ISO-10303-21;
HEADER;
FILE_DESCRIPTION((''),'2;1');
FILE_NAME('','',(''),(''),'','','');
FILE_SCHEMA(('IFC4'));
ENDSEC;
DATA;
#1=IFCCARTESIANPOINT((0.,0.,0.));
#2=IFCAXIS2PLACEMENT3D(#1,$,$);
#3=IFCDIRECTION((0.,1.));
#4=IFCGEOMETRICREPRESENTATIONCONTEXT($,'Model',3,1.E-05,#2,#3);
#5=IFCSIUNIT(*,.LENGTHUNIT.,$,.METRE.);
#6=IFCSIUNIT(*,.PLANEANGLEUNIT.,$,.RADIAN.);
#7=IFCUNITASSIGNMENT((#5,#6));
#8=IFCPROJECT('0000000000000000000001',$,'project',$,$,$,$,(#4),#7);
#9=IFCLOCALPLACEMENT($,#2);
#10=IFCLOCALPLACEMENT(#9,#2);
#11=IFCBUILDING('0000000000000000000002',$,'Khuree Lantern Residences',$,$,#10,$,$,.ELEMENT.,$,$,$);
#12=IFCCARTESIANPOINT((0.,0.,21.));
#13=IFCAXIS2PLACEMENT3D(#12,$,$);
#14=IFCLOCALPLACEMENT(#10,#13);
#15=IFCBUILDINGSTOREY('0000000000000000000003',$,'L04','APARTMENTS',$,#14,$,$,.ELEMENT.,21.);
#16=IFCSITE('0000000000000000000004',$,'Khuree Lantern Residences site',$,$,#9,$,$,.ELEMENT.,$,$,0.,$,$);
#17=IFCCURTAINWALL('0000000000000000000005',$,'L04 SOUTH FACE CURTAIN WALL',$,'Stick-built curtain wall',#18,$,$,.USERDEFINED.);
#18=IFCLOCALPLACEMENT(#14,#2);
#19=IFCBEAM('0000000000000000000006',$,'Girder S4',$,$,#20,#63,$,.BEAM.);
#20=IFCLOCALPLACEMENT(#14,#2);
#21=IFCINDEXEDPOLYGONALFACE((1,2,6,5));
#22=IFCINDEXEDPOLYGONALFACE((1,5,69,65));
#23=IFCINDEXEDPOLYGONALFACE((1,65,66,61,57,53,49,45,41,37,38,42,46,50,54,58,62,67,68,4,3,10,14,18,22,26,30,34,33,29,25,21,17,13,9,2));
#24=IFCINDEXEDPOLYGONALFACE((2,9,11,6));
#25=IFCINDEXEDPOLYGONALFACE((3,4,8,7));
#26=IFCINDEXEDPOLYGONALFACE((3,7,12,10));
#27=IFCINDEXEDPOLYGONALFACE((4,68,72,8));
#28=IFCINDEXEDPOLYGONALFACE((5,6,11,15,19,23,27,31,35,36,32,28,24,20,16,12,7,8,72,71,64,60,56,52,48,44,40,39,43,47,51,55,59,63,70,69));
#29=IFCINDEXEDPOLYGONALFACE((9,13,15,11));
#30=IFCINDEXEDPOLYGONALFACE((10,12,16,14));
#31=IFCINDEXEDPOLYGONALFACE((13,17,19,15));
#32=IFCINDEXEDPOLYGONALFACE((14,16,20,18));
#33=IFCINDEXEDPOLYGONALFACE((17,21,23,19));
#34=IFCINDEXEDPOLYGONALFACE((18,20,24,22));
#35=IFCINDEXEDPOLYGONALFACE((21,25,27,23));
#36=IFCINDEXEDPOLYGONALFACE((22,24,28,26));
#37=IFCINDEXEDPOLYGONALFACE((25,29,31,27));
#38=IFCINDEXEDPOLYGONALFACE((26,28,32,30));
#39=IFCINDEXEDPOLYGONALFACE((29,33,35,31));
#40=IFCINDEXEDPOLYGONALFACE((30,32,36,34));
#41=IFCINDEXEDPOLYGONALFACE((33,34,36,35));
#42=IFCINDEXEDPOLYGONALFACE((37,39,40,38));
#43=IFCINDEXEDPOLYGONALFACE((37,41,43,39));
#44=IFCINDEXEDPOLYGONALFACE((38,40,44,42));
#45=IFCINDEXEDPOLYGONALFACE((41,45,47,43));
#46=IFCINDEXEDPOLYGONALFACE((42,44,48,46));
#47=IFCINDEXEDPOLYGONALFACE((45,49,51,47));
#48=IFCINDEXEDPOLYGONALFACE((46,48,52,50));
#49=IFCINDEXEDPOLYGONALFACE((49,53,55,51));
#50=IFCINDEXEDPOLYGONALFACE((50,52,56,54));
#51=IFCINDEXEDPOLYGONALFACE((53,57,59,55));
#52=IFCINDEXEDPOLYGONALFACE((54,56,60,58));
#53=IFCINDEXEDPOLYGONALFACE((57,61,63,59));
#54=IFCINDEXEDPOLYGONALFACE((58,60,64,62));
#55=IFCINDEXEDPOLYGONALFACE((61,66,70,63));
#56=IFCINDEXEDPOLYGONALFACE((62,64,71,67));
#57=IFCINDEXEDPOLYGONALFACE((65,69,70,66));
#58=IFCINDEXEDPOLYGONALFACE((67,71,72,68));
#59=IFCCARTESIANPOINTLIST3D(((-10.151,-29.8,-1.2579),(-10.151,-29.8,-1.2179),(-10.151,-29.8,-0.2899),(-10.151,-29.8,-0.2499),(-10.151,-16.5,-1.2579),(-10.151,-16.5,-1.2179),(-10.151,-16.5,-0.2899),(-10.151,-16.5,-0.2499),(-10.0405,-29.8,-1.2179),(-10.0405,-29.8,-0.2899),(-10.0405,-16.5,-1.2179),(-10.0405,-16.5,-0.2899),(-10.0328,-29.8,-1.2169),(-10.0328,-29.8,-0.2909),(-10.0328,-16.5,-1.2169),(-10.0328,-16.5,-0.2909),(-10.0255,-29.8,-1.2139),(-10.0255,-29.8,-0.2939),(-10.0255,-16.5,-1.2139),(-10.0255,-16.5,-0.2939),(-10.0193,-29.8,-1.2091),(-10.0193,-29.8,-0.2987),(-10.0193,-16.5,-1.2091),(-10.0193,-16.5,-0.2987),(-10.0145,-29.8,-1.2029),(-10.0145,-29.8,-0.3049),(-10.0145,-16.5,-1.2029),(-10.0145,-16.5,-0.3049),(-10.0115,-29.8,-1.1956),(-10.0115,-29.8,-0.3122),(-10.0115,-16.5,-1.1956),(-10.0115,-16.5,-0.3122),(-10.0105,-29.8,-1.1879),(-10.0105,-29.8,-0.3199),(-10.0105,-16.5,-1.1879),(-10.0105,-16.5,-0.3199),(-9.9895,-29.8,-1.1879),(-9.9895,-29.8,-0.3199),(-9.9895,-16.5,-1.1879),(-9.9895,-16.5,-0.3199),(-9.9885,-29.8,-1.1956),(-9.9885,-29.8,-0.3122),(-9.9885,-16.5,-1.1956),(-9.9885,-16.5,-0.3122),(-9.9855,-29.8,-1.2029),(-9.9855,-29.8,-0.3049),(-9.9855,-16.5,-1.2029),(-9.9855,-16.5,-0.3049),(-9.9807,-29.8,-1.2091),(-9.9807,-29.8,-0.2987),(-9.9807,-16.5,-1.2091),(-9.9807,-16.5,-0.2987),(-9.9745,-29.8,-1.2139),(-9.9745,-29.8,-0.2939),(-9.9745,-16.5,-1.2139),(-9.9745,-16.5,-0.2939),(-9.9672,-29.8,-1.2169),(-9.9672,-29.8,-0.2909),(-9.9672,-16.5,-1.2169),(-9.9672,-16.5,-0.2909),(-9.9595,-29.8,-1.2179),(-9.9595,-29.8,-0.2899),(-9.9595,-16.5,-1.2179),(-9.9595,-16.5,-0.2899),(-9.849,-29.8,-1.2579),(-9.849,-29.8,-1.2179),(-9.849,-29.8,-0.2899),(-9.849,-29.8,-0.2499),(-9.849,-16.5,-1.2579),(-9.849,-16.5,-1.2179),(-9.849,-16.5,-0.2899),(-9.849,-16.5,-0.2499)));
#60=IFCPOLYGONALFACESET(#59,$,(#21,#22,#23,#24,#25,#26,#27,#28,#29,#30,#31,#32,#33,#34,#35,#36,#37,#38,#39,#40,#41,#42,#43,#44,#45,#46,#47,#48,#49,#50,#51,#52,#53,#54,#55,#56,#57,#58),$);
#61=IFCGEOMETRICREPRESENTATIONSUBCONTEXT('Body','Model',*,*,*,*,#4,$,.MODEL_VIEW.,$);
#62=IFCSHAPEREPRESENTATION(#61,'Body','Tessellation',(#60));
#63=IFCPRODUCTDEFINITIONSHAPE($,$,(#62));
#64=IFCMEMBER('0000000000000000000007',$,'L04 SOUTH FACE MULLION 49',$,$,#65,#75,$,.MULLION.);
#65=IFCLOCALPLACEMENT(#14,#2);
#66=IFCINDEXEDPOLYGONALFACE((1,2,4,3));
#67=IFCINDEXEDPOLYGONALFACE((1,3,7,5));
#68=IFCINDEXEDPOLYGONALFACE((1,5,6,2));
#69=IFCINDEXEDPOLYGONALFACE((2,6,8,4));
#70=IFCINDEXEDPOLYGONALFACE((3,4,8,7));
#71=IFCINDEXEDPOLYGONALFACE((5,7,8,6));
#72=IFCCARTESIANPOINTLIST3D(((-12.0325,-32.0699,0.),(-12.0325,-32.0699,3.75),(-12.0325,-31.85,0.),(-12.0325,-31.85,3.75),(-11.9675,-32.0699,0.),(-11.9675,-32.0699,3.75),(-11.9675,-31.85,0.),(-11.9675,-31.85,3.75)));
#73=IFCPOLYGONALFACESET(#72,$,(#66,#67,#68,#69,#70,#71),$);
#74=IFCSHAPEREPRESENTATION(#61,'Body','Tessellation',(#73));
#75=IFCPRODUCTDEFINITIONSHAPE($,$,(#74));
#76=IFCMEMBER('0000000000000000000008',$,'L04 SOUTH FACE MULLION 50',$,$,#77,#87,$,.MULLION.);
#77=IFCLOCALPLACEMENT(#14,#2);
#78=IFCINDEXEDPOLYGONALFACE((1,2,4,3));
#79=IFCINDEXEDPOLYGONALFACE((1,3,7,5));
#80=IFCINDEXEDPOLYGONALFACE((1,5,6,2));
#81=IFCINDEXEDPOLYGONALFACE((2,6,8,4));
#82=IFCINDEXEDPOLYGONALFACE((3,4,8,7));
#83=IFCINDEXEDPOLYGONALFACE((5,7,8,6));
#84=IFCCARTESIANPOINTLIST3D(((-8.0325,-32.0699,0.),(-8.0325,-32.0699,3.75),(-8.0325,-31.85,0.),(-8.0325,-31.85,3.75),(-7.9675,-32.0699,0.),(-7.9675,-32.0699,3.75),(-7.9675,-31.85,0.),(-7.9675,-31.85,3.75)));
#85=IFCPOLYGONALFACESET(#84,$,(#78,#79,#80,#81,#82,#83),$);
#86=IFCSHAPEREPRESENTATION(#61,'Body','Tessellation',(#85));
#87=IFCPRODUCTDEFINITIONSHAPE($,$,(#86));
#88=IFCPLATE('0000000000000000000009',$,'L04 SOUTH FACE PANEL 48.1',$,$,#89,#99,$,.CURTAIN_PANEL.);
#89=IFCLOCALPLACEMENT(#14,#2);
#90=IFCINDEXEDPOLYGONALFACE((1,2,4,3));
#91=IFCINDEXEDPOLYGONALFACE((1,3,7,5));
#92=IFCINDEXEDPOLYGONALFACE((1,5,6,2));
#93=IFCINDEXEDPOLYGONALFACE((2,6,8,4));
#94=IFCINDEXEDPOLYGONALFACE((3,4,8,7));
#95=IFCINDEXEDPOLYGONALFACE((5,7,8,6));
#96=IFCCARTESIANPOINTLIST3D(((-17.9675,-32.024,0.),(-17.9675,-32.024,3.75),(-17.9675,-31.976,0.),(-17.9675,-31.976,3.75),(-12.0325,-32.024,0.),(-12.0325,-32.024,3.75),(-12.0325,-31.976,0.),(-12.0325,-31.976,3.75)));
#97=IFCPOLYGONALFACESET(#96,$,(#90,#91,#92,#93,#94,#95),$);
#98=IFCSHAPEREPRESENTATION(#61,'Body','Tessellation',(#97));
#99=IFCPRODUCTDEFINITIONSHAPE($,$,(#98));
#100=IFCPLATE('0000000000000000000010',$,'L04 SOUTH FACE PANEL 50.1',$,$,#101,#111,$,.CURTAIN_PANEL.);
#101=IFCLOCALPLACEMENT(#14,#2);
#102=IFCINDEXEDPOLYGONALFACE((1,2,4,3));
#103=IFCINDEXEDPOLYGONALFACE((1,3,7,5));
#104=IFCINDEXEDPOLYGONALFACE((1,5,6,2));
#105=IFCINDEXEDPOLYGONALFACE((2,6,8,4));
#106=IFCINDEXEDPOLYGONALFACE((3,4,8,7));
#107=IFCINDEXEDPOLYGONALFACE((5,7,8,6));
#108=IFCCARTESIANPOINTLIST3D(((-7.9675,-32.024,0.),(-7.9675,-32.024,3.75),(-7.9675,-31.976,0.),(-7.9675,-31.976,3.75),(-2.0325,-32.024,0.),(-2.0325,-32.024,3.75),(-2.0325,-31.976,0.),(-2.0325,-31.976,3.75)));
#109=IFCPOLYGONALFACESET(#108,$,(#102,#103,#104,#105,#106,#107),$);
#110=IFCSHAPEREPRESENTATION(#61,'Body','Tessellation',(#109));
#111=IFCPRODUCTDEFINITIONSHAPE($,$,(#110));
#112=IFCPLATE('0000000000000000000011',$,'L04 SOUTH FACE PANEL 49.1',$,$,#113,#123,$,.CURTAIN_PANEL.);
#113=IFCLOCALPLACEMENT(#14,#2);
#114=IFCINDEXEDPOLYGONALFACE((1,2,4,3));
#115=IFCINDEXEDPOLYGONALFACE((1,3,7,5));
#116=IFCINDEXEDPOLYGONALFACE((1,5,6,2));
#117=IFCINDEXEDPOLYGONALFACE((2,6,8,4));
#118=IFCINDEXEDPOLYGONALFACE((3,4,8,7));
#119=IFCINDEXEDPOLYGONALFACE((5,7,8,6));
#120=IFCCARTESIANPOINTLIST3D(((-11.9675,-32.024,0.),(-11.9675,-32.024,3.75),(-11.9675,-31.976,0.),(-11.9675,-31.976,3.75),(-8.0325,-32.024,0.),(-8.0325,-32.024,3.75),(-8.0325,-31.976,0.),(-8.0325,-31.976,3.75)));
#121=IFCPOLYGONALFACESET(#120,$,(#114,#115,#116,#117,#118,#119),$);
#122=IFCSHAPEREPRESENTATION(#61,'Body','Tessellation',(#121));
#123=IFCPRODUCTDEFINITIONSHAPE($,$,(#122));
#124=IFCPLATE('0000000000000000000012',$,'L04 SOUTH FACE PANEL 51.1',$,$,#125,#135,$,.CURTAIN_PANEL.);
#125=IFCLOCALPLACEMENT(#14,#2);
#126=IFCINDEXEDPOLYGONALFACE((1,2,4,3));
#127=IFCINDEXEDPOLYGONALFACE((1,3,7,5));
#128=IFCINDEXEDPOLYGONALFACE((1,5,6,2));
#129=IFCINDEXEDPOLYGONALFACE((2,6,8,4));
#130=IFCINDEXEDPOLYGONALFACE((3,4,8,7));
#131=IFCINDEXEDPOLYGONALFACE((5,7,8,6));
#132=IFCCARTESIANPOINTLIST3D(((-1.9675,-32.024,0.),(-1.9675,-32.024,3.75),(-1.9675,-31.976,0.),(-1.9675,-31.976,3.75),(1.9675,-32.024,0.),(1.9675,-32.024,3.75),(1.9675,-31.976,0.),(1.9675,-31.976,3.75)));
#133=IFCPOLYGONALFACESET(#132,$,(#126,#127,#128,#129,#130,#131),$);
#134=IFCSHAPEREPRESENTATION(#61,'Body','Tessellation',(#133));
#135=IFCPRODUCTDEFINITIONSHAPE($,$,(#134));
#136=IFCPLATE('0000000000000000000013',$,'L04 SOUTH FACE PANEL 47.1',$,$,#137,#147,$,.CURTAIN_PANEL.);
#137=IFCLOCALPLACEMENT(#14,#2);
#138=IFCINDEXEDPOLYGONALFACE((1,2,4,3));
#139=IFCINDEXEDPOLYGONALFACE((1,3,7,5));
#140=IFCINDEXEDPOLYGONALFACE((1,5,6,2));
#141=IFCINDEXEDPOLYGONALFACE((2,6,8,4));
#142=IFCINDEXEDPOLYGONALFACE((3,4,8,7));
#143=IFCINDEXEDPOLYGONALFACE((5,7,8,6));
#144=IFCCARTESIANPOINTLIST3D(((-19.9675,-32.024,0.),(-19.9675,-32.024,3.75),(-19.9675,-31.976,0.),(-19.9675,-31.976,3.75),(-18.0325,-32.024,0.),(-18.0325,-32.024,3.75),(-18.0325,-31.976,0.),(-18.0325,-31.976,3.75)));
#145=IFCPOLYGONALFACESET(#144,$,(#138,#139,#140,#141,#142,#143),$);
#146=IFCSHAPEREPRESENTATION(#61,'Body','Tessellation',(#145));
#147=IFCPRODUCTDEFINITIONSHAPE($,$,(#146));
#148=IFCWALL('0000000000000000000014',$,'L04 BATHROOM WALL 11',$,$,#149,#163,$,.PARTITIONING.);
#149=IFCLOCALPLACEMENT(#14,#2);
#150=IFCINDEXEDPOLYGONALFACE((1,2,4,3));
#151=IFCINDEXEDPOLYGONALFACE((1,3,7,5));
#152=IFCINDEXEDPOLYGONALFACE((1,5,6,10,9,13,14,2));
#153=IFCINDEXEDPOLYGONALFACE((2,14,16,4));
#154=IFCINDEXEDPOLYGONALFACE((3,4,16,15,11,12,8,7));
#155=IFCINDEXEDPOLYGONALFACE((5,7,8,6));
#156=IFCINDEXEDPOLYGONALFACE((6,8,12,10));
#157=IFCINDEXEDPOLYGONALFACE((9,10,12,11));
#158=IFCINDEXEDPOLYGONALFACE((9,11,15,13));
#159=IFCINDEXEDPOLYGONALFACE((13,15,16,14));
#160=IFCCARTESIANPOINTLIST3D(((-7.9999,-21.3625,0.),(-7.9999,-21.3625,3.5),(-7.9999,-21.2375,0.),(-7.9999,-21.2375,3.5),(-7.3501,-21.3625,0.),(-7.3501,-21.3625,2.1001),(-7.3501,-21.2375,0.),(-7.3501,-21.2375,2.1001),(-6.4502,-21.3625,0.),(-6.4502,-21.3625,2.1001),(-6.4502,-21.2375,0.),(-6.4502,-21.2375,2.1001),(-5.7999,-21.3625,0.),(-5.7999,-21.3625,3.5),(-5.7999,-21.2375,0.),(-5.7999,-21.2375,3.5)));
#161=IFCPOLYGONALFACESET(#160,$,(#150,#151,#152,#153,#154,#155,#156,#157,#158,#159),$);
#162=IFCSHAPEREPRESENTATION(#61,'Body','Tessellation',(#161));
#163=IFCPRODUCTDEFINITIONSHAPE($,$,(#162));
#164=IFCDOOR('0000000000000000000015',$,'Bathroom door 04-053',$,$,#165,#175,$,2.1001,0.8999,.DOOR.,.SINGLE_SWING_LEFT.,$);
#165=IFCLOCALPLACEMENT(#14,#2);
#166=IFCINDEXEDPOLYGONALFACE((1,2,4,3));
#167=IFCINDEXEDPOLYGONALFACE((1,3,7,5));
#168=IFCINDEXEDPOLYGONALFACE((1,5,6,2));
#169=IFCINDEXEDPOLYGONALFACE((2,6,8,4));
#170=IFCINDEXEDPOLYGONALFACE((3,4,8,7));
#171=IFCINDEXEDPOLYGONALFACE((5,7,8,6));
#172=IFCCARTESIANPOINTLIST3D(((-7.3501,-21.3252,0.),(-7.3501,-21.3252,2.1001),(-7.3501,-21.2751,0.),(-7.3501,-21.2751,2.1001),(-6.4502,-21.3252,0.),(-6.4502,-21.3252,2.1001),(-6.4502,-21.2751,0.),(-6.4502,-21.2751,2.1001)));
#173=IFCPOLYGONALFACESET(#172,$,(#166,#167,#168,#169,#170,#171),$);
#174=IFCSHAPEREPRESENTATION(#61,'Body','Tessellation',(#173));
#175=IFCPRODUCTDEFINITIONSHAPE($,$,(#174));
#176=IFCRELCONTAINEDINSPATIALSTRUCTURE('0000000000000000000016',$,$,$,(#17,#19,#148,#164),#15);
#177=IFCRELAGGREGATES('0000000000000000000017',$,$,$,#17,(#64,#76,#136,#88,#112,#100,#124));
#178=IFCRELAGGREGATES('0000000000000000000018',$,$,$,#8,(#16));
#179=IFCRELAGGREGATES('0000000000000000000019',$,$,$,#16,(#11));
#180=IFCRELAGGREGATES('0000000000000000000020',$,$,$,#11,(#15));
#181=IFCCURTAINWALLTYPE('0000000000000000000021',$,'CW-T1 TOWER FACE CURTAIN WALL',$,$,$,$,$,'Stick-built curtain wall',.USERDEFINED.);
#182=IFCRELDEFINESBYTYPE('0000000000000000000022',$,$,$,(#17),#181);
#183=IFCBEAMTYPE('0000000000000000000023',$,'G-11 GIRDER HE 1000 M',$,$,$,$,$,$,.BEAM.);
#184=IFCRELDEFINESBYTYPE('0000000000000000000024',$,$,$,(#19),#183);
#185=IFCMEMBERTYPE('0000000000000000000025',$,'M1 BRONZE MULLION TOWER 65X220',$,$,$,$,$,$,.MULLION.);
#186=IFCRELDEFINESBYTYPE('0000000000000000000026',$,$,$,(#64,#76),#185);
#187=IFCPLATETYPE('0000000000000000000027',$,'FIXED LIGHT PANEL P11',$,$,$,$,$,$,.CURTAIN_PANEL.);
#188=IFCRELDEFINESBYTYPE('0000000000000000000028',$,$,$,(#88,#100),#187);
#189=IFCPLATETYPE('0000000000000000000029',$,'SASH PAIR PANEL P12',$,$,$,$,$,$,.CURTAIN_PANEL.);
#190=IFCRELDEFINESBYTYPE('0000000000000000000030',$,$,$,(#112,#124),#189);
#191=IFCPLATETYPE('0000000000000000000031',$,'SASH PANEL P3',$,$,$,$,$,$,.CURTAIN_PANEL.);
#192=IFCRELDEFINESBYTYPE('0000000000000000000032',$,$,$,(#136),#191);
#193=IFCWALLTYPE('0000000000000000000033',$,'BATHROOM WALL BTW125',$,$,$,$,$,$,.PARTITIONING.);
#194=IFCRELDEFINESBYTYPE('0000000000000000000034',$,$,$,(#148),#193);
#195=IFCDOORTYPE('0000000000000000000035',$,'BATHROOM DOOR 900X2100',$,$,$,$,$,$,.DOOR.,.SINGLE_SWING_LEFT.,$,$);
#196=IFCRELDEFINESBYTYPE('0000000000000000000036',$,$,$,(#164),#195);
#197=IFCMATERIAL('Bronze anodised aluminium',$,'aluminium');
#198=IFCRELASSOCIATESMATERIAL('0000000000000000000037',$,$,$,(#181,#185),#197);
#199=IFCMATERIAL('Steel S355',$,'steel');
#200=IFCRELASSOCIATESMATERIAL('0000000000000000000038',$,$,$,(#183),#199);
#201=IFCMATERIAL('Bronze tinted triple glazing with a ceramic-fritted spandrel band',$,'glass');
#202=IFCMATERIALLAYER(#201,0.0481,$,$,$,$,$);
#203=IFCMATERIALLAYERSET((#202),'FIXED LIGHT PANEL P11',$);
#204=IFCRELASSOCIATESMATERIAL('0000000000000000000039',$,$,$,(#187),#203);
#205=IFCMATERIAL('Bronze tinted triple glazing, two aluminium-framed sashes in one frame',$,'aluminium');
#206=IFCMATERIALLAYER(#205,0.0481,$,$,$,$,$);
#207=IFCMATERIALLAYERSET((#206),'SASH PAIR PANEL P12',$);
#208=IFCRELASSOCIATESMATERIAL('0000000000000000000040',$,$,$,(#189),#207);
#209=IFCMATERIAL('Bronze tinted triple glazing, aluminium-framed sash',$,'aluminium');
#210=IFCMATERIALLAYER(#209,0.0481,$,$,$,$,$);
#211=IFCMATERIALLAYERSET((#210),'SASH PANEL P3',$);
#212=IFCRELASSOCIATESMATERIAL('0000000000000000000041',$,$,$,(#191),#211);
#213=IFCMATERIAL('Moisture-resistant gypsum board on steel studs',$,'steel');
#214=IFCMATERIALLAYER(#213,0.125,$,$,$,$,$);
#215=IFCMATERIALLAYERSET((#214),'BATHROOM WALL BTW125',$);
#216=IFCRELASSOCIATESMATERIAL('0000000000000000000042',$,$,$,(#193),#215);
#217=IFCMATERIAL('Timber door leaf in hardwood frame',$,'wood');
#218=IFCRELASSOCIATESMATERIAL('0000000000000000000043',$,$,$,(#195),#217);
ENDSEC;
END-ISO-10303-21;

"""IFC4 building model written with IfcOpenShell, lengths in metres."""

from ifc_helpers import new_model, si_unit, direction, frame, frame_2d, origin, origin_2d, place, context, subcontext, project, spatial, rectangle, i_section, extrude, material, layer, layer_set, material_profile, profile_set, type_object, element, fill, aggregate, save


model = new_model("IFC4")

# Units and contexts
model_context = context("Model", 3, precision=1e-05, world=origin(), true_north=direction((0.0, 1.0)))
body_context = subcontext(model_context, "Body", "Model", "MODEL_VIEW")
ifc_project = project(units=[si_unit("LENGTHUNIT", "METRE"), si_unit("PLANEANGLEUNIT", "RADIAN")], contexts=[model_context])

# Site, building, storey
site_placement = place(None, origin())
site = spatial("IfcSite", under=ifc_project, at=site_placement, Name="Khuree Lantern Residences site", CompositionType="ELEMENT", RefElevation=0.0)
building_placement = place(site_placement, origin())
building = spatial("IfcBuilding", under=site, at=building_placement, Name="Khuree Lantern Residences", CompositionType="ELEMENT")
storey_placement = place(building_placement, frame((0.0, 0.0, 21.0)))
storey = spatial("IfcBuildingStorey", under=building, at=storey_placement, Name="L04", Description="APARTMENTS", CompositionType="ELEMENT", Elevation=21.0)

# Shared definitions
ifc_material_1 = material(Name="Steel S355", Category="steel")

# Curtain wall
ifc_material_2 = material(Name="Bronze anodised aluminium", Category="aluminium")
curtain_wall_type = type_object("IfcCurtainWallType", Name="CW-T1 TOWER FACE CURTAIN WALL", ElementType="Stick-built curtain wall", PredefinedType="USERDEFINED", material=ifc_material_2)
curtain_wall_placement = place(storey_placement, origin())
curtain_wall = element("IfcCurtainWall", 1, at=curtain_wall_placement, inside=storey, type_object=curtain_wall_type, Name="L04 SOUTH FACE CURTAIN WALL", ObjectType="Stick-built curtain wall", PredefinedType="USERDEFINED")

# Beam
ifc_material_profile_1 = material_profile(ifc_material_1, i_section(OverallWidth=0.302, OverallDepth=1.0081, WebThickness=0.021, FlangeThickness=0.04, FilletRadius=0.03, at=origin_2d()), Name="HE 1000 M")
ifc_profile_set_1 = profile_set([ifc_material_profile_1], Name="Steel S355")
beam_type_1 = type_object("IfcBeamType", Name="G-11 GIRDER HE 1000 M", PredefinedType="BEAM", material=ifc_profile_set_1)
for number, where, z_axis, x_axis, name in (
    (2, (-10.0, -29.8, -0.7539), (0.0, 1.0, 0.0), (-1.0, 0.0, 0.0), "Girder S4"),
):
    element("IfcBeam", number, at=place(storey_placement, frame(where, z_axis=z_axis, x_axis=x_axis)), inside=storey, type_object=beam_type_1, Name=name, PredefinedType="BEAM", context=body_context, shape_type="SweptSolid", body=[
        extrude(i_section(OverallWidth=0.302, OverallDepth=1.0081, WebThickness=0.021, FlangeThickness=0.04, FilletRadius=0.03, at=origin_2d()), origin(), (0.0, 0.0, 1.0), 13.3),
    ])

# Members
ifc_material_profile_2 = material_profile(ifc_material_2, rectangle(XDim=0.0649, YDim=0.22, at=origin_2d()), Name="M1 65X220")
ifc_profile_set_2 = profile_set([ifc_material_profile_2], Name="Bronze anodised aluminium")
member_type_1 = type_object("IfcMemberType", Name="M1 BRONZE MULLION TOWER 65X220", PredefinedType="MULLION", material=ifc_profile_set_2)
member_1_placement = place(storey_placement, frame((-12.0, -31.96, 0.0), z_axis=(0.0, 0.0, 1.0), x_axis=(1.0, 0.0, 0.0)))
member_1 = element("IfcMember", 3, at=member_1_placement, type_object=member_type_1, Name="L04 SOUTH FACE MULLION 49", PredefinedType="MULLION", context=body_context, shape_type="SweptSolid", body=[
    extrude(rectangle(XDim=0.0649, YDim=0.22, at=origin_2d()), origin(), (0.0, 0.0, 1.0), 3.75),
])
member_2_placement = place(storey_placement, frame((-8.0, -31.96, 0.0), z_axis=(0.0, 0.0, 1.0), x_axis=(1.0, 0.0, 0.0)))
member_2 = element("IfcMember", 4, at=member_2_placement, type_object=member_type_1, Name="L04 SOUTH FACE MULLION 50", PredefinedType="MULLION", context=body_context, shape_type="SweptSolid", body=[
    extrude(rectangle(XDim=0.0649, YDim=0.22, at=origin_2d()), origin(), (0.0, 0.0, 1.0), 3.75),
])

# Plates
ifc_material_3 = material(Name="Bronze tinted triple glazing with a ceramic-fritted spandrel band", Category="glass")
ifc_layer_1 = layer(ifc_material_3, 0.0481)
ifc_layer_set_1 = layer_set([ifc_layer_1], Name="FIXED LIGHT PANEL P11")
plate_type_1 = type_object("IfcPlateType", Name="FIXED LIGHT PANEL P11", PredefinedType="CURTAIN_PANEL", material=ifc_layer_set_1)
plate_1_placement = place(storey_placement, frame((-15.0, -32.0, 0.0), z_axis=(0.0, 0.0, 1.0), x_axis=(1.0, 0.0, 0.0)))
plate_1 = element("IfcPlate", 5, at=plate_1_placement, type_object=plate_type_1, Name="L04 SOUTH FACE PANEL 48.1", PredefinedType="CURTAIN_PANEL", context=body_context, shape_type="SweptSolid", body=[
    extrude(rectangle(XDim=5.9351, YDim=0.0481, at=origin_2d()), origin(), (0.0, 0.0, 1.0), 3.75),
])
plate_2_placement = place(storey_placement, frame((-5.0, -32.0, 0.0), z_axis=(0.0, 0.0, 1.0), x_axis=(1.0, 0.0, 0.0)))
plate_2 = element("IfcPlate", 6, at=plate_2_placement, type_object=plate_type_1, Name="L04 SOUTH FACE PANEL 50.1", PredefinedType="CURTAIN_PANEL", context=body_context, shape_type="SweptSolid", body=[
    extrude(rectangle(XDim=5.9351, YDim=0.0481, at=origin_2d()), origin(), (0.0, 0.0, 1.0), 3.75),
])
ifc_material_4 = material(Name="Bronze tinted triple glazing, two aluminium-framed sashes in one frame", Category="aluminium")
ifc_layer_2 = layer(ifc_material_4, 0.0481)
ifc_layer_set_2 = layer_set([ifc_layer_2], Name="SASH PAIR PANEL P12")
plate_type_2 = type_object("IfcPlateType", Name="SASH PAIR PANEL P12", PredefinedType="CURTAIN_PANEL", material=ifc_layer_set_2)
plate_3_placement = place(storey_placement, frame((-10.0, -32.0, 0.0), z_axis=(0.0, 0.0, 1.0), x_axis=(1.0, 0.0, 0.0)))
plate_3 = element("IfcPlate", 7, at=plate_3_placement, type_object=plate_type_2, Name="L04 SOUTH FACE PANEL 49.1", PredefinedType="CURTAIN_PANEL", context=body_context, shape_type="SweptSolid", body=[
    extrude(rectangle(XDim=3.9351, YDim=0.0481, at=origin_2d()), origin(), (0.0, 0.0, 1.0), 3.75),
])
plate_4_placement = place(storey_placement, frame((0.0, -32.0, 0.0), z_axis=(0.0, 0.0, 1.0), x_axis=(1.0, 0.0, 0.0)))
plate_4 = element("IfcPlate", 8, at=plate_4_placement, type_object=plate_type_2, Name="L04 SOUTH FACE PANEL 51.1", PredefinedType="CURTAIN_PANEL", context=body_context, shape_type="SweptSolid", body=[
    extrude(rectangle(XDim=3.9351, YDim=0.0481, at=origin_2d()), origin(), (0.0, 0.0, 1.0), 3.75),
])
ifc_material_5 = material(Name="Bronze tinted triple glazing, aluminium-framed sash", Category="aluminium")
ifc_layer_3 = layer(ifc_material_5, 0.0481)
ifc_layer_set_3 = layer_set([ifc_layer_3], Name="SASH PANEL P3")
plate_type_3 = type_object("IfcPlateType", Name="SASH PANEL P3", PredefinedType="CURTAIN_PANEL", material=ifc_layer_set_3)
plate_5_placement = place(storey_placement, frame((-19.0, -32.0, 0.0), z_axis=(0.0, 0.0, 1.0), x_axis=(1.0, 0.0, 0.0)))
plate_5 = element("IfcPlate", 9, at=plate_5_placement, type_object=plate_type_3, Name="L04 SOUTH FACE PANEL 47.1", PredefinedType="CURTAIN_PANEL", context=body_context, shape_type="SweptSolid", body=[
    extrude(rectangle(XDim=1.9351, YDim=0.0481, at=origin_2d()), origin(), (0.0, 0.0, 1.0), 3.75),
])
aggregate(curtain_wall, [member_1, member_2, plate_5, plate_1, plate_3, plate_2, plate_4])

# Wall, opening, door
ifc_material_6 = material(Name="Moisture-resistant gypsum board on steel studs", Category="steel")
ifc_layer_4 = layer(ifc_material_6, 0.125)
ifc_layer_set_4 = layer_set([ifc_layer_4], Name="BATHROOM WALL BTW125")
wall_type_1 = type_object("IfcWallType", Name="BATHROOM WALL BTW125", PredefinedType="PARTITIONING", material=ifc_layer_set_4)
wall_1_placement = place(storey_placement, frame((-8.0, -21.3, 0.0), z_axis=(0.0, 0.0, 1.0), x_axis=(1.0, 0.0, 0.0)))
wall_1 = element("IfcWall", 10, at=wall_1_placement, inside=storey, type_object=wall_type_1, Name="L04 BATHROOM WALL 11", PredefinedType="PARTITIONING", context=body_context, shape_type="SweptSolid", body=[
    extrude(rectangle(XDim=2.2, YDim=0.125, at=frame_2d((1.1001, 0.0))), origin(), (0.0, 0.0, 1.0), 3.5),
])
opening_1_placement = place(wall_1_placement, frame((0.6499, 0.0, 0.0)))
opening_1 = element("IfcOpeningElement", 11, at=opening_1_placement, cuts=wall_1, PredefinedType="OPENING", context=body_context, shape_type="SweptSolid", body=[
    extrude(rectangle(XDim=0.8999, YDim=2.1001, at=frame_2d((0.45, 1.05))), frame((0.0, 0.0725, 0.0), z_axis=(0.0, -1.0, 0.0), x_axis=(1.0, 0.0, 0.0)), (0.0, 0.0, 1.0), 0.145),
])
ifc_material_7 = material(Name="Timber door leaf in hardwood frame", Category="wood")
door_type_1 = type_object("IfcDoorType", Name="BATHROOM DOOR 900X2100", OperationType="SINGLE_SWING_LEFT", PredefinedType="DOOR", material=ifc_material_7)
door_1_placement = place(opening_1_placement, origin())
door_1 = element("IfcDoor", 12, at=door_1_placement, inside=storey, type_object=door_type_1, Name="Bathroom door 04-053", OperationType="SINGLE_SWING_LEFT", OverallHeight=2.1001, OverallWidth=0.8999, PredefinedType="DOOR", context=body_context, shape_type="SweptSolid", body=[
    extrude(rectangle(XDim=0.8999, YDim=2.1001, at=frame_2d((0.45, 1.05))), frame((0.0, 0.0249, 0.0), z_axis=(0.0, -1.0, 0.0), x_axis=(1.0, 0.0, 0.0)), (0.0, 0.0, 1.0), 0.05),
])
fill(opening_1, door_1)

save(model, "model.ifc")
